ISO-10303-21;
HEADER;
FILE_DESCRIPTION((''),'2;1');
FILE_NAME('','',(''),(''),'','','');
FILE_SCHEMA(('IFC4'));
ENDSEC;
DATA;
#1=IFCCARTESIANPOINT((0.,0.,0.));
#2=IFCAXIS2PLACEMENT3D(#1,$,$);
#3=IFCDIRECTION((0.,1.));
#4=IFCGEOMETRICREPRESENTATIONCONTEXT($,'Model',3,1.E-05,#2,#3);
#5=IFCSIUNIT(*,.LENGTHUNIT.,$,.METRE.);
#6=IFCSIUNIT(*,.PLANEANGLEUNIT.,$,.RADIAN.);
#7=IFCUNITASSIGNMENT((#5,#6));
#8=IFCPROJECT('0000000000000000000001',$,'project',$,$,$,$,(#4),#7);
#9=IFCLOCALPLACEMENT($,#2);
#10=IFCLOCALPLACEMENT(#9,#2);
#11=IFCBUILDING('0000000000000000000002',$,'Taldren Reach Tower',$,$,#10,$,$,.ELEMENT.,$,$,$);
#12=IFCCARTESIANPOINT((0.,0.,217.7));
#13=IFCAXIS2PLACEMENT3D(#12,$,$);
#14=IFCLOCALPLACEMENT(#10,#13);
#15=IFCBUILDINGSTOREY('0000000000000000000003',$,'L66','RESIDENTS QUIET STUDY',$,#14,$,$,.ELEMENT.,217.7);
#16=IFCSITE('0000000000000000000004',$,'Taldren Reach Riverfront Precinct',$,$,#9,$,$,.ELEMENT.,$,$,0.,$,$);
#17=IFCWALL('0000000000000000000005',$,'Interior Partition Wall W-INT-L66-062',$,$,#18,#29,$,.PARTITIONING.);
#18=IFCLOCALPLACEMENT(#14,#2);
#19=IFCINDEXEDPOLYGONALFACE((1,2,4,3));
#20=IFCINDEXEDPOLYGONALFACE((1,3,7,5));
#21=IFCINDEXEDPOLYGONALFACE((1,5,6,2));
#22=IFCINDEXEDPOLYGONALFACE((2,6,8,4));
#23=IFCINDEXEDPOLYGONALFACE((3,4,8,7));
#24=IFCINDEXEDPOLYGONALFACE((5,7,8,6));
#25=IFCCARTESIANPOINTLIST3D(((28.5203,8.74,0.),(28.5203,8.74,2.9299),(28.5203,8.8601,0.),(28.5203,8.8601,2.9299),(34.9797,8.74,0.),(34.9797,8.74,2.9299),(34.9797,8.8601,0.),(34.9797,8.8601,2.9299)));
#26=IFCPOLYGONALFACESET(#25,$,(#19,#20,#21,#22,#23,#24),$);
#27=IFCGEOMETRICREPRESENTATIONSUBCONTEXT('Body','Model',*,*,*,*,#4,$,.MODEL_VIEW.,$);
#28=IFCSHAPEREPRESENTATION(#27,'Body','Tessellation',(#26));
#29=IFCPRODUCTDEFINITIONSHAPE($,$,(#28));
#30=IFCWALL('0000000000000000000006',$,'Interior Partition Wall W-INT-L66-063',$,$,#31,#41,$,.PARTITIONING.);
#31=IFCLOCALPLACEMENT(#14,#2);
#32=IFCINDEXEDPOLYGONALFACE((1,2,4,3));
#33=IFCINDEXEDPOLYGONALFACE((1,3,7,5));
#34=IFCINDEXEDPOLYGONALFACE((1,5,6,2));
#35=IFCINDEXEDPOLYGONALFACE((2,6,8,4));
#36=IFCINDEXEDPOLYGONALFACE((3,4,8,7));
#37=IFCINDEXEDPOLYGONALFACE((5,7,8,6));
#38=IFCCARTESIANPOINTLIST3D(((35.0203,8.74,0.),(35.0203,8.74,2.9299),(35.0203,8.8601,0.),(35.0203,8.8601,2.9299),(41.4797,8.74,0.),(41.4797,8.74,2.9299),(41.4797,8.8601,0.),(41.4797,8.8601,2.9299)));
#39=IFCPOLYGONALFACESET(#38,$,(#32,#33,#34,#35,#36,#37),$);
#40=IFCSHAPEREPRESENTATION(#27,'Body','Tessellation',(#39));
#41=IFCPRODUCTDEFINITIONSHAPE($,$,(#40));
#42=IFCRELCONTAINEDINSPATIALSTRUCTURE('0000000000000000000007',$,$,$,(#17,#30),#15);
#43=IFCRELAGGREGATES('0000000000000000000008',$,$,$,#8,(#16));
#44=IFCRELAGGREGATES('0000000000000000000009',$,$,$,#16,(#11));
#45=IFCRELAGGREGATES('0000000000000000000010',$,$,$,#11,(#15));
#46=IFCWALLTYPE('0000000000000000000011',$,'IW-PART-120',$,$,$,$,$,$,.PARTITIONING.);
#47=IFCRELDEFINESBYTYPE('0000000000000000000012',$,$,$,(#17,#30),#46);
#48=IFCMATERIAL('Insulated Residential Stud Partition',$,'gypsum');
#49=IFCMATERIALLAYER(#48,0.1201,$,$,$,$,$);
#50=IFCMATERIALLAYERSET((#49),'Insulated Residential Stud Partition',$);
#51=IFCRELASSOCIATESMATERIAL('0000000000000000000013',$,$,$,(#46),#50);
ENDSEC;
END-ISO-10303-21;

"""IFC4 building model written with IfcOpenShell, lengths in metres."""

from ifc_helpers import new_model, si_unit, direction, frame, frame_2d, origin, place, context, subcontext, project, spatial, rectangle, extrude, source, transform, mapped, material, layer, layer_set, type_object, element, save


model = new_model("IFC4")

# Units and contexts
model_context = context("Model", 3, precision=1e-05, world=origin(), true_north=direction((0.0, 1.0)))
body_context = subcontext(model_context, "Body", "Model", "MODEL_VIEW")
ifc_project = project(units=[si_unit("LENGTHUNIT", "METRE"), si_unit("PLANEANGLEUNIT", "RADIAN")], contexts=[model_context])

# Site, building, storey
site_placement = place(None, origin())
site = spatial("IfcSite", under=ifc_project, at=site_placement, Name="Taldren Reach Riverfront Precinct", CompositionType="ELEMENT", RefElevation=0.0)
building_placement = place(site_placement, origin())
building = spatial("IfcBuilding", under=site, at=building_placement, Name="Taldren Reach Tower", CompositionType="ELEMENT")
storey_placement = place(building_placement, frame((0.0, 0.0, 217.7)))
storey = spatial("IfcBuildingStorey", under=building, at=storey_placement, Name="L66", Description="RESIDENTS QUIET STUDY", CompositionType="ELEMENT", Elevation=217.7)

# Shared definitions
ifc_material_1 = material(Name="Insulated Residential Stud Partition", Category="gypsum")
ifc_layer_1 = layer(ifc_material_1, 0.1201)
ifc_layer_set_1 = layer_set([ifc_layer_1], Name="Insulated Residential Stud Partition")
wall_type_1 = type_object("IfcWallType", Name="IW-PART-120", PredefinedType="PARTITIONING", material=ifc_layer_set_1)

# Walls
shared_shape_1 = source(origin(), body_context, "Body", "SweptSolid", [
    extrude(rectangle(XDim=6.4595, YDim=0.1201, at=frame_2d((3.2297, 0.0))), origin(), (0.0, 0.0, 1.0), 2.9299),
])
for number, where, z_axis, x_axis, name in (
    (1, (28.5203, 8.8, 0.0), (0.0, 0.0, 1.0), (1.0, 0.0, 0.0), "Interior Partition Wall W-INT-L66-062"),
    (2, (35.0203, 8.8, 0.0), (0.0, 0.0, 1.0), (1.0, 0.0, 0.0), "Interior Partition Wall W-INT-L66-063"),
):
    element("IfcWall", number, at=place(storey_placement, frame(where, z_axis=z_axis, x_axis=x_axis)), inside=storey, type_object=wall_type_1, Name=name, PredefinedType="PARTITIONING", context=body_context, shape_type="MappedRepresentation", body=[
        mapped(shared_shape_1, transform((0.0, 0.0, 0.0), scale=1.0)),
    ])

save(model, "model.ifc")
